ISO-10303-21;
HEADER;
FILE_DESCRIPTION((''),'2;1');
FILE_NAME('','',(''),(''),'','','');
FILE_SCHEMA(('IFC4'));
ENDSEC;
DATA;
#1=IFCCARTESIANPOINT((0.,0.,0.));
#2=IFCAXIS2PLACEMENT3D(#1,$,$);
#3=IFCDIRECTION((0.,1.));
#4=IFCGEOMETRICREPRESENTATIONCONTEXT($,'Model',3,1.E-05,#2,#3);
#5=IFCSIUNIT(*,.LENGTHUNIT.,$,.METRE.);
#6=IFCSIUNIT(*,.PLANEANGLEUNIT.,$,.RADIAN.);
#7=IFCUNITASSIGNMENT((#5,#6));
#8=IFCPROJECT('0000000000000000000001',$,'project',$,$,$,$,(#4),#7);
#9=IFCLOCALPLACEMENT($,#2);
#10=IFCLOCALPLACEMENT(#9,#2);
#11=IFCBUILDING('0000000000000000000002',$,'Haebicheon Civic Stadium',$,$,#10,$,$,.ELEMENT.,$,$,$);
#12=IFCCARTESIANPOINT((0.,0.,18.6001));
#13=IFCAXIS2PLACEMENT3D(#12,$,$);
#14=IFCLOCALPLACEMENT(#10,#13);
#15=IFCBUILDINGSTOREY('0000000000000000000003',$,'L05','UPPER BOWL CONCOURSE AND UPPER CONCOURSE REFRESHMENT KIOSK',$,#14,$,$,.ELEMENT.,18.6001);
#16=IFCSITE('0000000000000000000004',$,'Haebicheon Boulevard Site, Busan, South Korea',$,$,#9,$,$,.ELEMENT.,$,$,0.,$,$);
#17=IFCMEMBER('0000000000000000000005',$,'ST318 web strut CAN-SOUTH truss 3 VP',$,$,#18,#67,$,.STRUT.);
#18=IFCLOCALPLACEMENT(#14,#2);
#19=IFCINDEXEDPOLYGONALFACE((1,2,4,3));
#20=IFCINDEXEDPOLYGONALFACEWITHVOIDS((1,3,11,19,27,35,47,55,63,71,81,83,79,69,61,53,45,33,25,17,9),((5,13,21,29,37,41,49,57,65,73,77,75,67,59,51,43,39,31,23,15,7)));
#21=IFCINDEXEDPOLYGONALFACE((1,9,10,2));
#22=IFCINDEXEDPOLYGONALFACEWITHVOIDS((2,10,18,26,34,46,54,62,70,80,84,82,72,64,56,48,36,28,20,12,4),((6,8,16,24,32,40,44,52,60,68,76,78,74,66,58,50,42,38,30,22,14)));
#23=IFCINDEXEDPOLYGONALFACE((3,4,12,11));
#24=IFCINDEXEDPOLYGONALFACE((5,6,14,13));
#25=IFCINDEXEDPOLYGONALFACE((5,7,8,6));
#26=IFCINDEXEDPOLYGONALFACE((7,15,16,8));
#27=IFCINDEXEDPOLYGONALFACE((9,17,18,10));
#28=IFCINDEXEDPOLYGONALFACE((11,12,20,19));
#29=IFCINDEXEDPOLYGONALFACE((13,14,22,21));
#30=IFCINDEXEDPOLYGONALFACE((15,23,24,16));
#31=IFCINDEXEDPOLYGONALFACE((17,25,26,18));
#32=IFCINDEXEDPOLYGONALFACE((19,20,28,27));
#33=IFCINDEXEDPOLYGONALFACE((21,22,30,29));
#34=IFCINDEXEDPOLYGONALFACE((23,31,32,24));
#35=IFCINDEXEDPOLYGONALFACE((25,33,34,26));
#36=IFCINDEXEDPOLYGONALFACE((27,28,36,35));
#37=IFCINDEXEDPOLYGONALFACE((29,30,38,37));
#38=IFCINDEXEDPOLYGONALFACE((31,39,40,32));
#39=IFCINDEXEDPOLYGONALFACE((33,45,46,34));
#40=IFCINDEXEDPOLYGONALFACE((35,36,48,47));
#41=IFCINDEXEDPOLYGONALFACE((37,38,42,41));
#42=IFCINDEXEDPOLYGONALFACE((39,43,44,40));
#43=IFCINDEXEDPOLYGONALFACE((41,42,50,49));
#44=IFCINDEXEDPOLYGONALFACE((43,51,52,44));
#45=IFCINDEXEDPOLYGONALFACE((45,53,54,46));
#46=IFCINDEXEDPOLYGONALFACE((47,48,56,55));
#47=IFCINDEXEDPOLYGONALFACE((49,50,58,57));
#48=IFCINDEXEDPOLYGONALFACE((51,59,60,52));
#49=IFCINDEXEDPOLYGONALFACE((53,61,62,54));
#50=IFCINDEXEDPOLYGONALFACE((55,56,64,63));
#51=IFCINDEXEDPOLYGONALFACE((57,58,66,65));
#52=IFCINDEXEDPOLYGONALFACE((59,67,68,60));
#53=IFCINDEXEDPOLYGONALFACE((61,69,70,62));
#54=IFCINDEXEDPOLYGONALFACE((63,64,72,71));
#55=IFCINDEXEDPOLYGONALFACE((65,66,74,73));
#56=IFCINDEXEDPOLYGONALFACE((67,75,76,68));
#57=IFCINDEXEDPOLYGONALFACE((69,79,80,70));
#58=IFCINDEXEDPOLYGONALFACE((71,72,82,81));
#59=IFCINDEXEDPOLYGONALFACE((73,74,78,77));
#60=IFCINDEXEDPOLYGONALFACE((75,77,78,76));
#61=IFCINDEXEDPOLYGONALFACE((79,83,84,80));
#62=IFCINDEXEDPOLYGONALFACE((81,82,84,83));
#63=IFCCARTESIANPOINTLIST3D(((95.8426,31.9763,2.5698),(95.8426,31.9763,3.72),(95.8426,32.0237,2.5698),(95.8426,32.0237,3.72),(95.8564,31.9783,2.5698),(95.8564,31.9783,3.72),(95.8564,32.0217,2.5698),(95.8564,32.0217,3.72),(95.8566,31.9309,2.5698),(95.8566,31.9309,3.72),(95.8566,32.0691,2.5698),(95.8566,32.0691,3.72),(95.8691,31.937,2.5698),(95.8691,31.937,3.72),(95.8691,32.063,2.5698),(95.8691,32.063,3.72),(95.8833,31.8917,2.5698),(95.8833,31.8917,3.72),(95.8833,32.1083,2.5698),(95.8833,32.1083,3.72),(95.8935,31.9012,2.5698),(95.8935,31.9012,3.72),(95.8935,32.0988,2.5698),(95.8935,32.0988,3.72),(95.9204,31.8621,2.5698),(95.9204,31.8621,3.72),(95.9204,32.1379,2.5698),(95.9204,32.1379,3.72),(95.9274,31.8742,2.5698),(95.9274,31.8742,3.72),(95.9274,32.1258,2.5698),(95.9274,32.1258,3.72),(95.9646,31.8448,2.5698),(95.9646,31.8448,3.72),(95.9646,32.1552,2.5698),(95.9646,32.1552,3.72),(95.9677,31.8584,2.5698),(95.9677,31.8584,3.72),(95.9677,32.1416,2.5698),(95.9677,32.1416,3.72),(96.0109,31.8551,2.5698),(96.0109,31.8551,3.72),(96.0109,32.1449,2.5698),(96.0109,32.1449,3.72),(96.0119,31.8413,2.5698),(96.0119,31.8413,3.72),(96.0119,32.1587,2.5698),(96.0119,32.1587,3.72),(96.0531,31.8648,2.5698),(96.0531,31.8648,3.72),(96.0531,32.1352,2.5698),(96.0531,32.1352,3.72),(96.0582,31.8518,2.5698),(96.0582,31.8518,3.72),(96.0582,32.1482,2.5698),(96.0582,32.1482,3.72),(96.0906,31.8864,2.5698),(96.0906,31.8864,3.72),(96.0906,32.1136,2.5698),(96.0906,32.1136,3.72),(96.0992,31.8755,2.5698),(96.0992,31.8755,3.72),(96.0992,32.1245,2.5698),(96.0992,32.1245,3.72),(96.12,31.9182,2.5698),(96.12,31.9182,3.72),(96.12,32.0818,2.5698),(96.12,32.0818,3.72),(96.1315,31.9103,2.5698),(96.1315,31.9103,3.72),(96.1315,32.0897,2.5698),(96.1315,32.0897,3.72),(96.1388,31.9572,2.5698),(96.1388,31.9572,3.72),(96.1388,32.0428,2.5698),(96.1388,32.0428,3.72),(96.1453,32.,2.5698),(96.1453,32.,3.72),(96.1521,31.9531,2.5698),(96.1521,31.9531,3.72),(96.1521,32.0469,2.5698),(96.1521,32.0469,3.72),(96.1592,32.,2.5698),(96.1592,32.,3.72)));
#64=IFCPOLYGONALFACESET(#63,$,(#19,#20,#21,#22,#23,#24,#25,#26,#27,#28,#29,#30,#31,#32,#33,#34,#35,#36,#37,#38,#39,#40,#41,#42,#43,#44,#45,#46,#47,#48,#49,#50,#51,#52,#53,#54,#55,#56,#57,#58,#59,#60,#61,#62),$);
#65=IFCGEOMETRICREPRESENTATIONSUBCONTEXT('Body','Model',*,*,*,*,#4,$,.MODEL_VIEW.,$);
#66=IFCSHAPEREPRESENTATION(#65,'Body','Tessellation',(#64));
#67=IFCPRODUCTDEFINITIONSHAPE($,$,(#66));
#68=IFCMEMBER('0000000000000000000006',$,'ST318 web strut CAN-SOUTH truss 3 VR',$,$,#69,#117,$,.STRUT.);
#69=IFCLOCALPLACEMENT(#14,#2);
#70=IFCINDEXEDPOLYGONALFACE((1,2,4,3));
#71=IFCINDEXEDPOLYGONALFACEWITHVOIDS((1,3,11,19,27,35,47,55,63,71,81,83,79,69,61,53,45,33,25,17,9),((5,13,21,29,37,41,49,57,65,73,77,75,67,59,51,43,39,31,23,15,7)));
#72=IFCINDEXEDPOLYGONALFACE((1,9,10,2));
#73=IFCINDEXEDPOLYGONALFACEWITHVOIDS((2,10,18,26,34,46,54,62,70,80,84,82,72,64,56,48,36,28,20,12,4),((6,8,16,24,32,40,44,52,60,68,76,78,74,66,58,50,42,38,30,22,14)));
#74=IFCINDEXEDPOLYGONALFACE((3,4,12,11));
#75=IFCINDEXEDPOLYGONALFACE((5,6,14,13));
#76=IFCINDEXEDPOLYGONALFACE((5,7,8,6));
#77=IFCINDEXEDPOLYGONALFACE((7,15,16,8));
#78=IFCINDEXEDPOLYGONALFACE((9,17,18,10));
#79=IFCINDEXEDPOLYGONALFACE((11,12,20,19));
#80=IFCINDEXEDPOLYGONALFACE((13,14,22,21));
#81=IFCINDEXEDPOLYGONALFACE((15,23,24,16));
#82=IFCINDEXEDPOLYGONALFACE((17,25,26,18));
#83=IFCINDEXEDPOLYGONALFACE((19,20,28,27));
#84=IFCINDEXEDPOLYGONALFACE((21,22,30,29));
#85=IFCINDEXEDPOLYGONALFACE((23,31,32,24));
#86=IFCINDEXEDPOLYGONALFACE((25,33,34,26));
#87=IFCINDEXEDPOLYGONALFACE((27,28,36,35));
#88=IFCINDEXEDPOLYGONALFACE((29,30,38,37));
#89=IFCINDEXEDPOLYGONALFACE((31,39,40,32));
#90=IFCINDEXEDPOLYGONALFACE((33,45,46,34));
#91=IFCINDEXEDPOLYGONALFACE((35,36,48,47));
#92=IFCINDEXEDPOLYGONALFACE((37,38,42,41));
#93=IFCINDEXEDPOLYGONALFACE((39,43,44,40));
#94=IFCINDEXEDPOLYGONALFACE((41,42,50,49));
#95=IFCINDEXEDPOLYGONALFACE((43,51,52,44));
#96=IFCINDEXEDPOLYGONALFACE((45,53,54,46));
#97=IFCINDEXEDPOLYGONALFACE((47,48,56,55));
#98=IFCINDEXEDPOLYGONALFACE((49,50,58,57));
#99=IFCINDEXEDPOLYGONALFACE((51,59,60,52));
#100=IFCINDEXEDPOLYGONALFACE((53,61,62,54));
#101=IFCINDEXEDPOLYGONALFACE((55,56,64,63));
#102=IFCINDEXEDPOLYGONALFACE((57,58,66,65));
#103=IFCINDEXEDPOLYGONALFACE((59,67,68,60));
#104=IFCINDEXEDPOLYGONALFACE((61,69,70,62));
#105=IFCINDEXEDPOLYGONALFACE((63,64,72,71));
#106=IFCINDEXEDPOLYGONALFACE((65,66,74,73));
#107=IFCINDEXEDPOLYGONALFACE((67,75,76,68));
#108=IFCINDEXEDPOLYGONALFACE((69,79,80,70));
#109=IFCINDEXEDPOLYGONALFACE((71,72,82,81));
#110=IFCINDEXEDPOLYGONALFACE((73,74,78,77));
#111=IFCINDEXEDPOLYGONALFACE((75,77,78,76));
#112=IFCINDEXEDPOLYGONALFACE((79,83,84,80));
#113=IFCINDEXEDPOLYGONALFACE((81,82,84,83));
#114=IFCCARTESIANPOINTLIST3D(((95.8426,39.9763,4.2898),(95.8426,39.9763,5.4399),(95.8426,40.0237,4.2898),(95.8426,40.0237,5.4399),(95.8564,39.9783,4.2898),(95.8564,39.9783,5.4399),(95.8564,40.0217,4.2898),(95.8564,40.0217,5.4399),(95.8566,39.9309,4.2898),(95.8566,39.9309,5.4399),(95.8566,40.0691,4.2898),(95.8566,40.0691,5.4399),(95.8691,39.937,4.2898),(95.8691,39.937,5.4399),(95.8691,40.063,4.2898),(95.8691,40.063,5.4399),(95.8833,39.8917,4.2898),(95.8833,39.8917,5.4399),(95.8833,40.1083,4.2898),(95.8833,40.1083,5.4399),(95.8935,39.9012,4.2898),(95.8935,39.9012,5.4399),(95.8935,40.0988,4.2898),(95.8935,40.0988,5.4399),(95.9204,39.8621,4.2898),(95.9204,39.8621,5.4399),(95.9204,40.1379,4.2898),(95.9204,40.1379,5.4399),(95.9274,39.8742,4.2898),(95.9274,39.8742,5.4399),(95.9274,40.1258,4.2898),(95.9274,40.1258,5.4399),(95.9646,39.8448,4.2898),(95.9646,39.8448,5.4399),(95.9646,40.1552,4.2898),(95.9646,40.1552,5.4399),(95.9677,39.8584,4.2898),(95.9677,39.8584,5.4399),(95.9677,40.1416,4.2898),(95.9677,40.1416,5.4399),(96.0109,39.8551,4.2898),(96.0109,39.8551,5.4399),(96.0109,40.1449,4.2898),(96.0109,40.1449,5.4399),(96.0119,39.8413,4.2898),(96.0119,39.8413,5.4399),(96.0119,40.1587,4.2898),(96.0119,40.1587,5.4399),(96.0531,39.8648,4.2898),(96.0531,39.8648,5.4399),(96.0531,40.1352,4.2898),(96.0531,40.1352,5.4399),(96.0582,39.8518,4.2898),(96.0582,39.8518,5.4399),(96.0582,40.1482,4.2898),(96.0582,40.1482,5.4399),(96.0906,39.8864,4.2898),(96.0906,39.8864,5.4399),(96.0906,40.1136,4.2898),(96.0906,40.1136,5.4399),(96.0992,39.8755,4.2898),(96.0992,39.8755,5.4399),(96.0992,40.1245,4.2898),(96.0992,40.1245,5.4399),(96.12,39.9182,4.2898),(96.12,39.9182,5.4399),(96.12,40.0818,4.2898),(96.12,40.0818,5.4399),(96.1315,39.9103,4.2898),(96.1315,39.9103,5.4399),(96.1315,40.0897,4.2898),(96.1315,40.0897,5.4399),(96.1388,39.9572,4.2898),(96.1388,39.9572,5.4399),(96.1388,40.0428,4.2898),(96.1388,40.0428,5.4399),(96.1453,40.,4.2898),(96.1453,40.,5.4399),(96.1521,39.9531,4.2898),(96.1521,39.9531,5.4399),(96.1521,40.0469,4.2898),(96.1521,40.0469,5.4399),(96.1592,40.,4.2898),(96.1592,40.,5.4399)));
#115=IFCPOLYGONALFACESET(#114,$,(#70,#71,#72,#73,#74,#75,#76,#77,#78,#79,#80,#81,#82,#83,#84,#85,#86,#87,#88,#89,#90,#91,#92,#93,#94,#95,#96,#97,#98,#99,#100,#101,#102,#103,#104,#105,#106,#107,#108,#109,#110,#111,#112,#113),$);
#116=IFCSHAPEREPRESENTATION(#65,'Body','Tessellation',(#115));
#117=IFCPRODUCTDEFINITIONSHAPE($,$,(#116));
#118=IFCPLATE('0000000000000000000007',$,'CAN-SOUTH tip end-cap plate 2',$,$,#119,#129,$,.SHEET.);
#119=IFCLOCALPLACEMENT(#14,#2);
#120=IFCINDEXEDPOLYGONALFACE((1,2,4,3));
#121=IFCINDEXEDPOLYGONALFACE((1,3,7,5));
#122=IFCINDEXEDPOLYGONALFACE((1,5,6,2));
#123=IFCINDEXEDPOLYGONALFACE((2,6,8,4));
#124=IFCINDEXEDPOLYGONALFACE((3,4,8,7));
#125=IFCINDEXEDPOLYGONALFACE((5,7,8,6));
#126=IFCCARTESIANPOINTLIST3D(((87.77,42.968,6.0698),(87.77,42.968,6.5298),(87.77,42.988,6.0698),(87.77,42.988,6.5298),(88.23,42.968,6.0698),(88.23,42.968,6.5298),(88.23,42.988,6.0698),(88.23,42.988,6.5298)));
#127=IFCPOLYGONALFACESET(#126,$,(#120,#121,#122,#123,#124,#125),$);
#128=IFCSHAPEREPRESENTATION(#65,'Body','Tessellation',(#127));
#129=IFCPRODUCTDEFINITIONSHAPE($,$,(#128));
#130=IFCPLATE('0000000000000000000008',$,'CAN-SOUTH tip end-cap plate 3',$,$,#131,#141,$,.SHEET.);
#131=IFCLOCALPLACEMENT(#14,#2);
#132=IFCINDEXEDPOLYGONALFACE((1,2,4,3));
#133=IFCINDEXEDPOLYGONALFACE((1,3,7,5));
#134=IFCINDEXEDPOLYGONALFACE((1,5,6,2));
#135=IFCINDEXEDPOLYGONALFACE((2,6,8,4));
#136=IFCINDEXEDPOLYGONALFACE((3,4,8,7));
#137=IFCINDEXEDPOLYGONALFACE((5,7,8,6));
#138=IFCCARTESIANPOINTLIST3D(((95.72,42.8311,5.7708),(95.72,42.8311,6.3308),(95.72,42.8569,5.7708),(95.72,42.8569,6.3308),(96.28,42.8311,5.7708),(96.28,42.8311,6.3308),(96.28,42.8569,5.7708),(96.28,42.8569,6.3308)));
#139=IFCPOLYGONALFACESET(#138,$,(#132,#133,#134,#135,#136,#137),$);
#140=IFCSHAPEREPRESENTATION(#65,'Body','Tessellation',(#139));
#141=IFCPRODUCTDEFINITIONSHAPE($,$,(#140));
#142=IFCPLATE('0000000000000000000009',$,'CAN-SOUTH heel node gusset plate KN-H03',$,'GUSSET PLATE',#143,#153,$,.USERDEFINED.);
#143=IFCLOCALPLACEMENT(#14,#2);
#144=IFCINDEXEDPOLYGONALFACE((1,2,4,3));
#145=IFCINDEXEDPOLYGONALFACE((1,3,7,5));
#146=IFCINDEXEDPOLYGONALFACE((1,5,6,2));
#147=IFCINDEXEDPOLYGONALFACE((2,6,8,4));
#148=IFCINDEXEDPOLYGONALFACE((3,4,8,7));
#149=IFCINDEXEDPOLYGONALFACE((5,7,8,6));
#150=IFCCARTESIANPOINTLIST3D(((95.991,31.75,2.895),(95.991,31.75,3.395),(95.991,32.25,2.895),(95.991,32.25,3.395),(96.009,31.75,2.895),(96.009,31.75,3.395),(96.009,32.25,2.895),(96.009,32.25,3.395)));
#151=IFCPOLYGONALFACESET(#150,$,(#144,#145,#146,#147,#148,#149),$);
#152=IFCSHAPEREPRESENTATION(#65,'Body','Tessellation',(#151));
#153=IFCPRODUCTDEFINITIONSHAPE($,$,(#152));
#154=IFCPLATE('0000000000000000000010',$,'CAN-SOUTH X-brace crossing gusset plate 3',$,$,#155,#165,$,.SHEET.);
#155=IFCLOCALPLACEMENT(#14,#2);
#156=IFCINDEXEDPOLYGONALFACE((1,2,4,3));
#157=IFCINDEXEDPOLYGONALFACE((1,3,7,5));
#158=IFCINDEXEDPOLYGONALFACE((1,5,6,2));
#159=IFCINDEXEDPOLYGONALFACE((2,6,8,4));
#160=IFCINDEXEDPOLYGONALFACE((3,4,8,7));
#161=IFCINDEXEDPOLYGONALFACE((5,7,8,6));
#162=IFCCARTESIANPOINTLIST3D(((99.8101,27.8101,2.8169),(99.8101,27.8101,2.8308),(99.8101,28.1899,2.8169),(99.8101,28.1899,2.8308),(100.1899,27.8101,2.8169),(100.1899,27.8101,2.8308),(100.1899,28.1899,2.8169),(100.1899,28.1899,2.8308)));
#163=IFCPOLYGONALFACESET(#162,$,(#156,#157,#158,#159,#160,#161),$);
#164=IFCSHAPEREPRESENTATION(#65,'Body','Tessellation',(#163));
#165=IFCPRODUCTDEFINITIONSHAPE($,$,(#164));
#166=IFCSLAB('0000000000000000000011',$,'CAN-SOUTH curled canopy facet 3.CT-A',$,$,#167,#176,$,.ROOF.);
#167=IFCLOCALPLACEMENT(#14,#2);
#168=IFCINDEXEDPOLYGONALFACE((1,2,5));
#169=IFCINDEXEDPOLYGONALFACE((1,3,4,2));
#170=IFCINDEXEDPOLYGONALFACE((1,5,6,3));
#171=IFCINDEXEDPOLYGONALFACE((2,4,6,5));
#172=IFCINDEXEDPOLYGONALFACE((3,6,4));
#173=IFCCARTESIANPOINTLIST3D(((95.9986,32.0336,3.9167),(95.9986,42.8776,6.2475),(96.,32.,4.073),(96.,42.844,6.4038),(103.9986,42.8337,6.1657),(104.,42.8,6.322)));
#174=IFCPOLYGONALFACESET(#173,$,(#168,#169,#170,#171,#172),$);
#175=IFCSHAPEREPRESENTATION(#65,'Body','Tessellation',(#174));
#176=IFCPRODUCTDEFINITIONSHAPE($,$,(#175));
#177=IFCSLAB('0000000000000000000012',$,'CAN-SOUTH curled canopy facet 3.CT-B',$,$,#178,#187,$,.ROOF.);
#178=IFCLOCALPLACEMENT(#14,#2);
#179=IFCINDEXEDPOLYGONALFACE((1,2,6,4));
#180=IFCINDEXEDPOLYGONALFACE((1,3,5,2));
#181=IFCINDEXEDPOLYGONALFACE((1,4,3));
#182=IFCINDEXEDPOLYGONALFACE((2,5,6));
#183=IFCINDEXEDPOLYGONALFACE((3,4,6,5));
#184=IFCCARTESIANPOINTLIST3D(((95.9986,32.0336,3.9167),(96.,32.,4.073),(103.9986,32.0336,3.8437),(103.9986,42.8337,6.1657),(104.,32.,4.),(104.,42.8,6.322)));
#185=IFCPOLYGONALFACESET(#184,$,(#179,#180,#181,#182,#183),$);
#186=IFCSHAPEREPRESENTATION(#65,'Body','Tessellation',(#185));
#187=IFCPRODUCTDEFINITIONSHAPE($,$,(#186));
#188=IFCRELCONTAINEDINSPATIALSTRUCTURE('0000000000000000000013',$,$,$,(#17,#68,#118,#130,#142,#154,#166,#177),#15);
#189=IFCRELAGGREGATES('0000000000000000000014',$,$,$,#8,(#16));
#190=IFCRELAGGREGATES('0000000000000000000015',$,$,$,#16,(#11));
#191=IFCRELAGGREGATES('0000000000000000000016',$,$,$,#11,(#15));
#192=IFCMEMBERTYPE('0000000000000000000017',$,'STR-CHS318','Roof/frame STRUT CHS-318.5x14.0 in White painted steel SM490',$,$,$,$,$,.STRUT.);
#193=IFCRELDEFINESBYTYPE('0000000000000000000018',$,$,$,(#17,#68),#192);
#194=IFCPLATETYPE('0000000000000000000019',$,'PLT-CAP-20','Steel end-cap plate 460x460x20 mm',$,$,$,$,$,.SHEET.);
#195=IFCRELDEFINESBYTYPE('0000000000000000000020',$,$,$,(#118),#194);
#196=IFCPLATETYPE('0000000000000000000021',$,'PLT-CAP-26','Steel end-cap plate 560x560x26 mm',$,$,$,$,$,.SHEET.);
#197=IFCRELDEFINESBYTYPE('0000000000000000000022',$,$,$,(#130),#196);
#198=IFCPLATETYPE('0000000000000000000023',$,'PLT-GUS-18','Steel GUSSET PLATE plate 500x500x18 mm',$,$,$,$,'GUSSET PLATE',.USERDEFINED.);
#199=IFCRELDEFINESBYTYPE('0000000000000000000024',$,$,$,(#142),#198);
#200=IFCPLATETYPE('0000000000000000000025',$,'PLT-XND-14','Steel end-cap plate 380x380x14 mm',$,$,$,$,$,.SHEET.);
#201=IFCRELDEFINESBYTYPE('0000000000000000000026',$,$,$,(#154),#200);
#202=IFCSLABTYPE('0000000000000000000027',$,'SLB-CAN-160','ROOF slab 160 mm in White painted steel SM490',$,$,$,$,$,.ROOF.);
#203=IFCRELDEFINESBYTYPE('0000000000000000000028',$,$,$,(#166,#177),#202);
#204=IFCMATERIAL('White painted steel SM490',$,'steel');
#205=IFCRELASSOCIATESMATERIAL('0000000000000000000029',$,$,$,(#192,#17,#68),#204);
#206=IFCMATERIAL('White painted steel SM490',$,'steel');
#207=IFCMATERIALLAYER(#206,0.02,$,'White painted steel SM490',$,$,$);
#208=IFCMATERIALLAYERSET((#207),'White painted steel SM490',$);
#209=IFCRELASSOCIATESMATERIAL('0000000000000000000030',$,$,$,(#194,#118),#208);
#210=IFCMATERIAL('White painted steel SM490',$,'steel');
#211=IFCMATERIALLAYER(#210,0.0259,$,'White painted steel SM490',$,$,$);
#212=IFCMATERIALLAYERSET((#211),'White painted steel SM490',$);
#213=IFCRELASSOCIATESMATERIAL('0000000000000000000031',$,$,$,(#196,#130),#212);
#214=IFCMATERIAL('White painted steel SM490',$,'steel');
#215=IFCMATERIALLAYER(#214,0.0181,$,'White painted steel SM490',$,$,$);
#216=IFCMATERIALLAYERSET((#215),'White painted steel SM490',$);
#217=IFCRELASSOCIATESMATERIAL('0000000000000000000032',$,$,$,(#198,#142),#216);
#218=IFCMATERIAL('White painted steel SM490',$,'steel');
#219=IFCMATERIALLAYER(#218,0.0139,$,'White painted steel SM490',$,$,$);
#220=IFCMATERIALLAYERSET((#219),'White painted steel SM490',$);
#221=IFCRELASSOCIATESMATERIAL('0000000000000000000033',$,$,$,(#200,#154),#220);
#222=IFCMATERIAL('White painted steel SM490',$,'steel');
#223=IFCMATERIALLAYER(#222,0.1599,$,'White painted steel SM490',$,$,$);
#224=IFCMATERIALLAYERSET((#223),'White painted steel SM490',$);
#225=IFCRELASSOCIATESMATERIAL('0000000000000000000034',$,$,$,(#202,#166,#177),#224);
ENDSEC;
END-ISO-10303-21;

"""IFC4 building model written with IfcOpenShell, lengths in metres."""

from ifc_helpers import new_model, si_unit, direction, frame, origin, origin_2d, place, context, subcontext, project, spatial, polyline, rectangle, hollow_circle, outline, extrude, material, layer, layer_set, material_profile, profile_set, type_object, element, save


model = new_model("IFC4")

# Units and contexts
model_context = context("Model", 3, precision=1e-05, world=origin(), true_north=direction((0.0, 1.0)))
body_context = subcontext(model_context, "Body", "Model", "MODEL_VIEW")
ifc_project = project(units=[si_unit("LENGTHUNIT", "METRE"), si_unit("PLANEANGLEUNIT", "RADIAN")], contexts=[model_context])

# Site, building, storey
site_placement = place(None, origin())
site = spatial("IfcSite", under=ifc_project, at=site_placement, Name="Haebicheon Boulevard Site, Busan, South Korea", CompositionType="ELEMENT", RefElevation=0.0)
building_placement = place(site_placement, origin())
building = spatial("IfcBuilding", under=site, at=building_placement, Name="Haebicheon Civic Stadium", CompositionType="ELEMENT")
storey_placement = place(building_placement, frame((0.0, 0.0, 18.6001)))
storey = spatial("IfcBuildingStorey", under=building, at=storey_placement, Name="L05", Description="UPPER BOWL CONCOURSE AND UPPER CONCOURSE REFRESHMENT KIOSK", CompositionType="ELEMENT", Elevation=18.6001)

# Members
ifc_material_1 = material(Name="White painted steel SM490", Category="steel")
ifc_material_profile_1 = material_profile(ifc_material_1, hollow_circle(Radius=0.1592, WallThickness=0.0139, at=origin_2d()), Name="CHS-318.5x14.0")
ifc_profile_set_1 = profile_set([ifc_material_profile_1], Name="White painted steel SM490")
member_type_1 = type_object("IfcMemberType", Name="STR-CHS318", Description="Roof/frame STRUT CHS-318.5x14.0 in White painted steel SM490", PredefinedType="STRUT", material=ifc_profile_set_1)
for number, where, z_axis, x_axis, name in (
    (1, (96.0, 32.0, 2.5698), (0.0, 0.0, 1.0), (1.0, 0.0, 0.0), "ST318 web strut CAN-SOUTH truss 3 VP"),
    (2, (96.0, 40.0, 4.2898), (0.0, 0.0, 1.0), (1.0, 0.0, 0.0), "ST318 web strut CAN-SOUTH truss 3 VR"),
):
    element("IfcMember", number, at=place(storey_placement, frame(where, z_axis=z_axis, x_axis=x_axis)), inside=storey, type_object=member_type_1, material=ifc_profile_set_1, Name=name, PredefinedType="STRUT", context=body_context, shape_type="SweptSolid", body=[
        extrude(hollow_circle(Radius=0.1592, WallThickness=0.0139, at=origin_2d()), origin(), (0.0, 0.0, 1.0), 1.1501),
    ])

# Plates
ifc_material_2 = material(Name="White painted steel SM490", Category="steel")
ifc_layer_1 = layer(ifc_material_2, 0.02, Name="White painted steel SM490")
ifc_layer_set_1 = layer_set([ifc_layer_1], Name="White painted steel SM490")
plate_type_1 = type_object("IfcPlateType", Name="PLT-CAP-20", Description="Steel end-cap plate 460x460x20 mm", PredefinedType="SHEET", material=ifc_layer_set_1)
plate_1_placement = place(storey_placement, frame((88.0, 42.978, 6.0698), z_axis=(0.0, 0.0, 1.0), x_axis=(-1.0, 0.0, 0.0)))
element("IfcPlate", 3, at=plate_1_placement, inside=storey, type_object=plate_type_1, material=ifc_layer_set_1, Name="CAN-SOUTH tip end-cap plate 2", PredefinedType="SHEET", context=body_context, shape_type="SweptSolid", body=[
    extrude(rectangle(XDim=0.46, YDim=0.02, at=origin_2d()), origin(), (0.0, 0.0, 1.0), 0.46),
])
ifc_material_3 = material(Name="White painted steel SM490", Category="steel")
ifc_layer_2 = layer(ifc_material_3, 0.0259, Name="White painted steel SM490")
ifc_layer_set_2 = layer_set([ifc_layer_2], Name="White painted steel SM490")
plate_type_2 = type_object("IfcPlateType", Name="PLT-CAP-26", Description="Steel end-cap plate 560x560x26 mm", PredefinedType="SHEET", material=ifc_layer_set_2)
plate_2_placement = place(storey_placement, frame((96.0, 42.844, 5.7708), z_axis=(0.0, 0.0, 1.0), x_axis=(-1.0, 0.0, 0.0)))
element("IfcPlate", 4, at=plate_2_placement, inside=storey, type_object=plate_type_2, material=ifc_layer_set_2, Name="CAN-SOUTH tip end-cap plate 3", PredefinedType="SHEET", context=body_context, shape_type="SweptSolid", body=[
    extrude(rectangle(XDim=0.5601, YDim=0.0259, at=origin_2d()), origin(), (0.0, 0.0, 1.0), 0.5601),
])
ifc_material_4 = material(Name="White painted steel SM490", Category="steel")
ifc_layer_3 = layer(ifc_material_4, 0.0181, Name="White painted steel SM490")
ifc_layer_set_3 = layer_set([ifc_layer_3], Name="White painted steel SM490")
plate_type_3 = type_object("IfcPlateType", Name="PLT-GUS-18", Description="Steel GUSSET PLATE plate 500x500x18 mm", ElementType="GUSSET PLATE", PredefinedType="USERDEFINED", material=ifc_layer_set_3)
plate_3_placement = place(storey_placement, frame((96.0, 32.0, 2.895), z_axis=(0.0, 0.0, 1.0), x_axis=(0.0, 1.0, 0.0)))
element("IfcPlate", 5, at=plate_3_placement, inside=storey, type_object=plate_type_3, material=ifc_layer_set_3, Name="CAN-SOUTH heel node gusset plate KN-H03", ObjectType="GUSSET PLATE", PredefinedType="USERDEFINED", context=body_context, shape_type="SweptSolid", body=[
    extrude(rectangle(XDim=0.5, YDim=0.0181, at=origin_2d()), origin(), (0.0, 0.0, 1.0), 0.5),
])
ifc_material_5 = material(Name="White painted steel SM490", Category="steel")
ifc_layer_4 = layer(ifc_material_5, 0.0139, Name="White painted steel SM490")
ifc_layer_set_4 = layer_set([ifc_layer_4], Name="White painted steel SM490")
plate_type_4 = type_object("IfcPlateType", Name="PLT-XND-14", Description="Steel end-cap plate 380x380x14 mm", PredefinedType="SHEET", material=ifc_layer_set_4)
plate_4_placement = place(storey_placement, frame((100.0, 28.0, 2.8169), z_axis=(0.0, 0.0, 1.0), x_axis=(1.0, 0.0, 0.0)))
element("IfcPlate", 6, at=plate_4_placement, inside=storey, type_object=plate_type_4, material=ifc_layer_set_4, Name="CAN-SOUTH X-brace crossing gusset plate 3", PredefinedType="SHEET", context=body_context, shape_type="SweptSolid", body=[
    extrude(rectangle(XDim=0.3799, YDim=0.3799, at=origin_2d()), origin(), (0.0, 0.0, 1.0), 0.0139),
])

# Slabs
ifc_material_6 = material(Name="White painted steel SM490", Category="steel")
ifc_layer_5 = layer(ifc_material_6, 0.1599, Name="White painted steel SM490")
ifc_layer_set_5 = layer_set([ifc_layer_5], Name="White painted steel SM490")
slab_type = type_object("IfcSlabType", Name="SLB-CAN-160", Description="ROOF slab 160 mm in White painted steel SM490", PredefinedType="ROOF", material=ifc_layer_set_5)
slab_1_placement = place(storey_placement, frame((96.0, 32.0, 4.073), z_axis=(0.00884, -0.210133, 0.977633), x_axis=(0.0, 0.977671, 0.210141)))
element("IfcSlab", 7, at=slab_1_placement, inside=storey, type_object=slab_type, material=ifc_layer_set_5, Name="CAN-SOUTH curled canopy facet 3.CT-A", PredefinedType="ROOF", context=body_context, shape_type="SweptSolid", body=[
    extrude(outline(polyline([(0.0, 0.0), (11.0917, 0.0), (11.0315, -8.0003), (0.0, 0.0)])), origin(), (0.0, 0.0, -1.0), 0.1599),
])
slab_2_placement = place(storey_placement, frame((96.0, 32.0, 4.073), z_axis=(0.008921, -0.210189, 0.97762), x_axis=(0.587063, 0.792539, 0.16504)))
element("IfcSlab", 8, at=slab_2_placement, inside=storey, type_object=slab_type, material=ifc_layer_set_5, Name="CAN-SOUTH curled canopy facet 3.CT-B", PredefinedType="ROOF", context=body_context, shape_type="SweptSolid", body=[
    extrude(outline(polyline([(0.0, 0.0), (13.6271, 0.0), (4.6845, -6.4855), (0.0, 0.0)])), origin(), (0.0, 0.0, -1.0), 0.1599),
])

save(model, "model.ifc")
